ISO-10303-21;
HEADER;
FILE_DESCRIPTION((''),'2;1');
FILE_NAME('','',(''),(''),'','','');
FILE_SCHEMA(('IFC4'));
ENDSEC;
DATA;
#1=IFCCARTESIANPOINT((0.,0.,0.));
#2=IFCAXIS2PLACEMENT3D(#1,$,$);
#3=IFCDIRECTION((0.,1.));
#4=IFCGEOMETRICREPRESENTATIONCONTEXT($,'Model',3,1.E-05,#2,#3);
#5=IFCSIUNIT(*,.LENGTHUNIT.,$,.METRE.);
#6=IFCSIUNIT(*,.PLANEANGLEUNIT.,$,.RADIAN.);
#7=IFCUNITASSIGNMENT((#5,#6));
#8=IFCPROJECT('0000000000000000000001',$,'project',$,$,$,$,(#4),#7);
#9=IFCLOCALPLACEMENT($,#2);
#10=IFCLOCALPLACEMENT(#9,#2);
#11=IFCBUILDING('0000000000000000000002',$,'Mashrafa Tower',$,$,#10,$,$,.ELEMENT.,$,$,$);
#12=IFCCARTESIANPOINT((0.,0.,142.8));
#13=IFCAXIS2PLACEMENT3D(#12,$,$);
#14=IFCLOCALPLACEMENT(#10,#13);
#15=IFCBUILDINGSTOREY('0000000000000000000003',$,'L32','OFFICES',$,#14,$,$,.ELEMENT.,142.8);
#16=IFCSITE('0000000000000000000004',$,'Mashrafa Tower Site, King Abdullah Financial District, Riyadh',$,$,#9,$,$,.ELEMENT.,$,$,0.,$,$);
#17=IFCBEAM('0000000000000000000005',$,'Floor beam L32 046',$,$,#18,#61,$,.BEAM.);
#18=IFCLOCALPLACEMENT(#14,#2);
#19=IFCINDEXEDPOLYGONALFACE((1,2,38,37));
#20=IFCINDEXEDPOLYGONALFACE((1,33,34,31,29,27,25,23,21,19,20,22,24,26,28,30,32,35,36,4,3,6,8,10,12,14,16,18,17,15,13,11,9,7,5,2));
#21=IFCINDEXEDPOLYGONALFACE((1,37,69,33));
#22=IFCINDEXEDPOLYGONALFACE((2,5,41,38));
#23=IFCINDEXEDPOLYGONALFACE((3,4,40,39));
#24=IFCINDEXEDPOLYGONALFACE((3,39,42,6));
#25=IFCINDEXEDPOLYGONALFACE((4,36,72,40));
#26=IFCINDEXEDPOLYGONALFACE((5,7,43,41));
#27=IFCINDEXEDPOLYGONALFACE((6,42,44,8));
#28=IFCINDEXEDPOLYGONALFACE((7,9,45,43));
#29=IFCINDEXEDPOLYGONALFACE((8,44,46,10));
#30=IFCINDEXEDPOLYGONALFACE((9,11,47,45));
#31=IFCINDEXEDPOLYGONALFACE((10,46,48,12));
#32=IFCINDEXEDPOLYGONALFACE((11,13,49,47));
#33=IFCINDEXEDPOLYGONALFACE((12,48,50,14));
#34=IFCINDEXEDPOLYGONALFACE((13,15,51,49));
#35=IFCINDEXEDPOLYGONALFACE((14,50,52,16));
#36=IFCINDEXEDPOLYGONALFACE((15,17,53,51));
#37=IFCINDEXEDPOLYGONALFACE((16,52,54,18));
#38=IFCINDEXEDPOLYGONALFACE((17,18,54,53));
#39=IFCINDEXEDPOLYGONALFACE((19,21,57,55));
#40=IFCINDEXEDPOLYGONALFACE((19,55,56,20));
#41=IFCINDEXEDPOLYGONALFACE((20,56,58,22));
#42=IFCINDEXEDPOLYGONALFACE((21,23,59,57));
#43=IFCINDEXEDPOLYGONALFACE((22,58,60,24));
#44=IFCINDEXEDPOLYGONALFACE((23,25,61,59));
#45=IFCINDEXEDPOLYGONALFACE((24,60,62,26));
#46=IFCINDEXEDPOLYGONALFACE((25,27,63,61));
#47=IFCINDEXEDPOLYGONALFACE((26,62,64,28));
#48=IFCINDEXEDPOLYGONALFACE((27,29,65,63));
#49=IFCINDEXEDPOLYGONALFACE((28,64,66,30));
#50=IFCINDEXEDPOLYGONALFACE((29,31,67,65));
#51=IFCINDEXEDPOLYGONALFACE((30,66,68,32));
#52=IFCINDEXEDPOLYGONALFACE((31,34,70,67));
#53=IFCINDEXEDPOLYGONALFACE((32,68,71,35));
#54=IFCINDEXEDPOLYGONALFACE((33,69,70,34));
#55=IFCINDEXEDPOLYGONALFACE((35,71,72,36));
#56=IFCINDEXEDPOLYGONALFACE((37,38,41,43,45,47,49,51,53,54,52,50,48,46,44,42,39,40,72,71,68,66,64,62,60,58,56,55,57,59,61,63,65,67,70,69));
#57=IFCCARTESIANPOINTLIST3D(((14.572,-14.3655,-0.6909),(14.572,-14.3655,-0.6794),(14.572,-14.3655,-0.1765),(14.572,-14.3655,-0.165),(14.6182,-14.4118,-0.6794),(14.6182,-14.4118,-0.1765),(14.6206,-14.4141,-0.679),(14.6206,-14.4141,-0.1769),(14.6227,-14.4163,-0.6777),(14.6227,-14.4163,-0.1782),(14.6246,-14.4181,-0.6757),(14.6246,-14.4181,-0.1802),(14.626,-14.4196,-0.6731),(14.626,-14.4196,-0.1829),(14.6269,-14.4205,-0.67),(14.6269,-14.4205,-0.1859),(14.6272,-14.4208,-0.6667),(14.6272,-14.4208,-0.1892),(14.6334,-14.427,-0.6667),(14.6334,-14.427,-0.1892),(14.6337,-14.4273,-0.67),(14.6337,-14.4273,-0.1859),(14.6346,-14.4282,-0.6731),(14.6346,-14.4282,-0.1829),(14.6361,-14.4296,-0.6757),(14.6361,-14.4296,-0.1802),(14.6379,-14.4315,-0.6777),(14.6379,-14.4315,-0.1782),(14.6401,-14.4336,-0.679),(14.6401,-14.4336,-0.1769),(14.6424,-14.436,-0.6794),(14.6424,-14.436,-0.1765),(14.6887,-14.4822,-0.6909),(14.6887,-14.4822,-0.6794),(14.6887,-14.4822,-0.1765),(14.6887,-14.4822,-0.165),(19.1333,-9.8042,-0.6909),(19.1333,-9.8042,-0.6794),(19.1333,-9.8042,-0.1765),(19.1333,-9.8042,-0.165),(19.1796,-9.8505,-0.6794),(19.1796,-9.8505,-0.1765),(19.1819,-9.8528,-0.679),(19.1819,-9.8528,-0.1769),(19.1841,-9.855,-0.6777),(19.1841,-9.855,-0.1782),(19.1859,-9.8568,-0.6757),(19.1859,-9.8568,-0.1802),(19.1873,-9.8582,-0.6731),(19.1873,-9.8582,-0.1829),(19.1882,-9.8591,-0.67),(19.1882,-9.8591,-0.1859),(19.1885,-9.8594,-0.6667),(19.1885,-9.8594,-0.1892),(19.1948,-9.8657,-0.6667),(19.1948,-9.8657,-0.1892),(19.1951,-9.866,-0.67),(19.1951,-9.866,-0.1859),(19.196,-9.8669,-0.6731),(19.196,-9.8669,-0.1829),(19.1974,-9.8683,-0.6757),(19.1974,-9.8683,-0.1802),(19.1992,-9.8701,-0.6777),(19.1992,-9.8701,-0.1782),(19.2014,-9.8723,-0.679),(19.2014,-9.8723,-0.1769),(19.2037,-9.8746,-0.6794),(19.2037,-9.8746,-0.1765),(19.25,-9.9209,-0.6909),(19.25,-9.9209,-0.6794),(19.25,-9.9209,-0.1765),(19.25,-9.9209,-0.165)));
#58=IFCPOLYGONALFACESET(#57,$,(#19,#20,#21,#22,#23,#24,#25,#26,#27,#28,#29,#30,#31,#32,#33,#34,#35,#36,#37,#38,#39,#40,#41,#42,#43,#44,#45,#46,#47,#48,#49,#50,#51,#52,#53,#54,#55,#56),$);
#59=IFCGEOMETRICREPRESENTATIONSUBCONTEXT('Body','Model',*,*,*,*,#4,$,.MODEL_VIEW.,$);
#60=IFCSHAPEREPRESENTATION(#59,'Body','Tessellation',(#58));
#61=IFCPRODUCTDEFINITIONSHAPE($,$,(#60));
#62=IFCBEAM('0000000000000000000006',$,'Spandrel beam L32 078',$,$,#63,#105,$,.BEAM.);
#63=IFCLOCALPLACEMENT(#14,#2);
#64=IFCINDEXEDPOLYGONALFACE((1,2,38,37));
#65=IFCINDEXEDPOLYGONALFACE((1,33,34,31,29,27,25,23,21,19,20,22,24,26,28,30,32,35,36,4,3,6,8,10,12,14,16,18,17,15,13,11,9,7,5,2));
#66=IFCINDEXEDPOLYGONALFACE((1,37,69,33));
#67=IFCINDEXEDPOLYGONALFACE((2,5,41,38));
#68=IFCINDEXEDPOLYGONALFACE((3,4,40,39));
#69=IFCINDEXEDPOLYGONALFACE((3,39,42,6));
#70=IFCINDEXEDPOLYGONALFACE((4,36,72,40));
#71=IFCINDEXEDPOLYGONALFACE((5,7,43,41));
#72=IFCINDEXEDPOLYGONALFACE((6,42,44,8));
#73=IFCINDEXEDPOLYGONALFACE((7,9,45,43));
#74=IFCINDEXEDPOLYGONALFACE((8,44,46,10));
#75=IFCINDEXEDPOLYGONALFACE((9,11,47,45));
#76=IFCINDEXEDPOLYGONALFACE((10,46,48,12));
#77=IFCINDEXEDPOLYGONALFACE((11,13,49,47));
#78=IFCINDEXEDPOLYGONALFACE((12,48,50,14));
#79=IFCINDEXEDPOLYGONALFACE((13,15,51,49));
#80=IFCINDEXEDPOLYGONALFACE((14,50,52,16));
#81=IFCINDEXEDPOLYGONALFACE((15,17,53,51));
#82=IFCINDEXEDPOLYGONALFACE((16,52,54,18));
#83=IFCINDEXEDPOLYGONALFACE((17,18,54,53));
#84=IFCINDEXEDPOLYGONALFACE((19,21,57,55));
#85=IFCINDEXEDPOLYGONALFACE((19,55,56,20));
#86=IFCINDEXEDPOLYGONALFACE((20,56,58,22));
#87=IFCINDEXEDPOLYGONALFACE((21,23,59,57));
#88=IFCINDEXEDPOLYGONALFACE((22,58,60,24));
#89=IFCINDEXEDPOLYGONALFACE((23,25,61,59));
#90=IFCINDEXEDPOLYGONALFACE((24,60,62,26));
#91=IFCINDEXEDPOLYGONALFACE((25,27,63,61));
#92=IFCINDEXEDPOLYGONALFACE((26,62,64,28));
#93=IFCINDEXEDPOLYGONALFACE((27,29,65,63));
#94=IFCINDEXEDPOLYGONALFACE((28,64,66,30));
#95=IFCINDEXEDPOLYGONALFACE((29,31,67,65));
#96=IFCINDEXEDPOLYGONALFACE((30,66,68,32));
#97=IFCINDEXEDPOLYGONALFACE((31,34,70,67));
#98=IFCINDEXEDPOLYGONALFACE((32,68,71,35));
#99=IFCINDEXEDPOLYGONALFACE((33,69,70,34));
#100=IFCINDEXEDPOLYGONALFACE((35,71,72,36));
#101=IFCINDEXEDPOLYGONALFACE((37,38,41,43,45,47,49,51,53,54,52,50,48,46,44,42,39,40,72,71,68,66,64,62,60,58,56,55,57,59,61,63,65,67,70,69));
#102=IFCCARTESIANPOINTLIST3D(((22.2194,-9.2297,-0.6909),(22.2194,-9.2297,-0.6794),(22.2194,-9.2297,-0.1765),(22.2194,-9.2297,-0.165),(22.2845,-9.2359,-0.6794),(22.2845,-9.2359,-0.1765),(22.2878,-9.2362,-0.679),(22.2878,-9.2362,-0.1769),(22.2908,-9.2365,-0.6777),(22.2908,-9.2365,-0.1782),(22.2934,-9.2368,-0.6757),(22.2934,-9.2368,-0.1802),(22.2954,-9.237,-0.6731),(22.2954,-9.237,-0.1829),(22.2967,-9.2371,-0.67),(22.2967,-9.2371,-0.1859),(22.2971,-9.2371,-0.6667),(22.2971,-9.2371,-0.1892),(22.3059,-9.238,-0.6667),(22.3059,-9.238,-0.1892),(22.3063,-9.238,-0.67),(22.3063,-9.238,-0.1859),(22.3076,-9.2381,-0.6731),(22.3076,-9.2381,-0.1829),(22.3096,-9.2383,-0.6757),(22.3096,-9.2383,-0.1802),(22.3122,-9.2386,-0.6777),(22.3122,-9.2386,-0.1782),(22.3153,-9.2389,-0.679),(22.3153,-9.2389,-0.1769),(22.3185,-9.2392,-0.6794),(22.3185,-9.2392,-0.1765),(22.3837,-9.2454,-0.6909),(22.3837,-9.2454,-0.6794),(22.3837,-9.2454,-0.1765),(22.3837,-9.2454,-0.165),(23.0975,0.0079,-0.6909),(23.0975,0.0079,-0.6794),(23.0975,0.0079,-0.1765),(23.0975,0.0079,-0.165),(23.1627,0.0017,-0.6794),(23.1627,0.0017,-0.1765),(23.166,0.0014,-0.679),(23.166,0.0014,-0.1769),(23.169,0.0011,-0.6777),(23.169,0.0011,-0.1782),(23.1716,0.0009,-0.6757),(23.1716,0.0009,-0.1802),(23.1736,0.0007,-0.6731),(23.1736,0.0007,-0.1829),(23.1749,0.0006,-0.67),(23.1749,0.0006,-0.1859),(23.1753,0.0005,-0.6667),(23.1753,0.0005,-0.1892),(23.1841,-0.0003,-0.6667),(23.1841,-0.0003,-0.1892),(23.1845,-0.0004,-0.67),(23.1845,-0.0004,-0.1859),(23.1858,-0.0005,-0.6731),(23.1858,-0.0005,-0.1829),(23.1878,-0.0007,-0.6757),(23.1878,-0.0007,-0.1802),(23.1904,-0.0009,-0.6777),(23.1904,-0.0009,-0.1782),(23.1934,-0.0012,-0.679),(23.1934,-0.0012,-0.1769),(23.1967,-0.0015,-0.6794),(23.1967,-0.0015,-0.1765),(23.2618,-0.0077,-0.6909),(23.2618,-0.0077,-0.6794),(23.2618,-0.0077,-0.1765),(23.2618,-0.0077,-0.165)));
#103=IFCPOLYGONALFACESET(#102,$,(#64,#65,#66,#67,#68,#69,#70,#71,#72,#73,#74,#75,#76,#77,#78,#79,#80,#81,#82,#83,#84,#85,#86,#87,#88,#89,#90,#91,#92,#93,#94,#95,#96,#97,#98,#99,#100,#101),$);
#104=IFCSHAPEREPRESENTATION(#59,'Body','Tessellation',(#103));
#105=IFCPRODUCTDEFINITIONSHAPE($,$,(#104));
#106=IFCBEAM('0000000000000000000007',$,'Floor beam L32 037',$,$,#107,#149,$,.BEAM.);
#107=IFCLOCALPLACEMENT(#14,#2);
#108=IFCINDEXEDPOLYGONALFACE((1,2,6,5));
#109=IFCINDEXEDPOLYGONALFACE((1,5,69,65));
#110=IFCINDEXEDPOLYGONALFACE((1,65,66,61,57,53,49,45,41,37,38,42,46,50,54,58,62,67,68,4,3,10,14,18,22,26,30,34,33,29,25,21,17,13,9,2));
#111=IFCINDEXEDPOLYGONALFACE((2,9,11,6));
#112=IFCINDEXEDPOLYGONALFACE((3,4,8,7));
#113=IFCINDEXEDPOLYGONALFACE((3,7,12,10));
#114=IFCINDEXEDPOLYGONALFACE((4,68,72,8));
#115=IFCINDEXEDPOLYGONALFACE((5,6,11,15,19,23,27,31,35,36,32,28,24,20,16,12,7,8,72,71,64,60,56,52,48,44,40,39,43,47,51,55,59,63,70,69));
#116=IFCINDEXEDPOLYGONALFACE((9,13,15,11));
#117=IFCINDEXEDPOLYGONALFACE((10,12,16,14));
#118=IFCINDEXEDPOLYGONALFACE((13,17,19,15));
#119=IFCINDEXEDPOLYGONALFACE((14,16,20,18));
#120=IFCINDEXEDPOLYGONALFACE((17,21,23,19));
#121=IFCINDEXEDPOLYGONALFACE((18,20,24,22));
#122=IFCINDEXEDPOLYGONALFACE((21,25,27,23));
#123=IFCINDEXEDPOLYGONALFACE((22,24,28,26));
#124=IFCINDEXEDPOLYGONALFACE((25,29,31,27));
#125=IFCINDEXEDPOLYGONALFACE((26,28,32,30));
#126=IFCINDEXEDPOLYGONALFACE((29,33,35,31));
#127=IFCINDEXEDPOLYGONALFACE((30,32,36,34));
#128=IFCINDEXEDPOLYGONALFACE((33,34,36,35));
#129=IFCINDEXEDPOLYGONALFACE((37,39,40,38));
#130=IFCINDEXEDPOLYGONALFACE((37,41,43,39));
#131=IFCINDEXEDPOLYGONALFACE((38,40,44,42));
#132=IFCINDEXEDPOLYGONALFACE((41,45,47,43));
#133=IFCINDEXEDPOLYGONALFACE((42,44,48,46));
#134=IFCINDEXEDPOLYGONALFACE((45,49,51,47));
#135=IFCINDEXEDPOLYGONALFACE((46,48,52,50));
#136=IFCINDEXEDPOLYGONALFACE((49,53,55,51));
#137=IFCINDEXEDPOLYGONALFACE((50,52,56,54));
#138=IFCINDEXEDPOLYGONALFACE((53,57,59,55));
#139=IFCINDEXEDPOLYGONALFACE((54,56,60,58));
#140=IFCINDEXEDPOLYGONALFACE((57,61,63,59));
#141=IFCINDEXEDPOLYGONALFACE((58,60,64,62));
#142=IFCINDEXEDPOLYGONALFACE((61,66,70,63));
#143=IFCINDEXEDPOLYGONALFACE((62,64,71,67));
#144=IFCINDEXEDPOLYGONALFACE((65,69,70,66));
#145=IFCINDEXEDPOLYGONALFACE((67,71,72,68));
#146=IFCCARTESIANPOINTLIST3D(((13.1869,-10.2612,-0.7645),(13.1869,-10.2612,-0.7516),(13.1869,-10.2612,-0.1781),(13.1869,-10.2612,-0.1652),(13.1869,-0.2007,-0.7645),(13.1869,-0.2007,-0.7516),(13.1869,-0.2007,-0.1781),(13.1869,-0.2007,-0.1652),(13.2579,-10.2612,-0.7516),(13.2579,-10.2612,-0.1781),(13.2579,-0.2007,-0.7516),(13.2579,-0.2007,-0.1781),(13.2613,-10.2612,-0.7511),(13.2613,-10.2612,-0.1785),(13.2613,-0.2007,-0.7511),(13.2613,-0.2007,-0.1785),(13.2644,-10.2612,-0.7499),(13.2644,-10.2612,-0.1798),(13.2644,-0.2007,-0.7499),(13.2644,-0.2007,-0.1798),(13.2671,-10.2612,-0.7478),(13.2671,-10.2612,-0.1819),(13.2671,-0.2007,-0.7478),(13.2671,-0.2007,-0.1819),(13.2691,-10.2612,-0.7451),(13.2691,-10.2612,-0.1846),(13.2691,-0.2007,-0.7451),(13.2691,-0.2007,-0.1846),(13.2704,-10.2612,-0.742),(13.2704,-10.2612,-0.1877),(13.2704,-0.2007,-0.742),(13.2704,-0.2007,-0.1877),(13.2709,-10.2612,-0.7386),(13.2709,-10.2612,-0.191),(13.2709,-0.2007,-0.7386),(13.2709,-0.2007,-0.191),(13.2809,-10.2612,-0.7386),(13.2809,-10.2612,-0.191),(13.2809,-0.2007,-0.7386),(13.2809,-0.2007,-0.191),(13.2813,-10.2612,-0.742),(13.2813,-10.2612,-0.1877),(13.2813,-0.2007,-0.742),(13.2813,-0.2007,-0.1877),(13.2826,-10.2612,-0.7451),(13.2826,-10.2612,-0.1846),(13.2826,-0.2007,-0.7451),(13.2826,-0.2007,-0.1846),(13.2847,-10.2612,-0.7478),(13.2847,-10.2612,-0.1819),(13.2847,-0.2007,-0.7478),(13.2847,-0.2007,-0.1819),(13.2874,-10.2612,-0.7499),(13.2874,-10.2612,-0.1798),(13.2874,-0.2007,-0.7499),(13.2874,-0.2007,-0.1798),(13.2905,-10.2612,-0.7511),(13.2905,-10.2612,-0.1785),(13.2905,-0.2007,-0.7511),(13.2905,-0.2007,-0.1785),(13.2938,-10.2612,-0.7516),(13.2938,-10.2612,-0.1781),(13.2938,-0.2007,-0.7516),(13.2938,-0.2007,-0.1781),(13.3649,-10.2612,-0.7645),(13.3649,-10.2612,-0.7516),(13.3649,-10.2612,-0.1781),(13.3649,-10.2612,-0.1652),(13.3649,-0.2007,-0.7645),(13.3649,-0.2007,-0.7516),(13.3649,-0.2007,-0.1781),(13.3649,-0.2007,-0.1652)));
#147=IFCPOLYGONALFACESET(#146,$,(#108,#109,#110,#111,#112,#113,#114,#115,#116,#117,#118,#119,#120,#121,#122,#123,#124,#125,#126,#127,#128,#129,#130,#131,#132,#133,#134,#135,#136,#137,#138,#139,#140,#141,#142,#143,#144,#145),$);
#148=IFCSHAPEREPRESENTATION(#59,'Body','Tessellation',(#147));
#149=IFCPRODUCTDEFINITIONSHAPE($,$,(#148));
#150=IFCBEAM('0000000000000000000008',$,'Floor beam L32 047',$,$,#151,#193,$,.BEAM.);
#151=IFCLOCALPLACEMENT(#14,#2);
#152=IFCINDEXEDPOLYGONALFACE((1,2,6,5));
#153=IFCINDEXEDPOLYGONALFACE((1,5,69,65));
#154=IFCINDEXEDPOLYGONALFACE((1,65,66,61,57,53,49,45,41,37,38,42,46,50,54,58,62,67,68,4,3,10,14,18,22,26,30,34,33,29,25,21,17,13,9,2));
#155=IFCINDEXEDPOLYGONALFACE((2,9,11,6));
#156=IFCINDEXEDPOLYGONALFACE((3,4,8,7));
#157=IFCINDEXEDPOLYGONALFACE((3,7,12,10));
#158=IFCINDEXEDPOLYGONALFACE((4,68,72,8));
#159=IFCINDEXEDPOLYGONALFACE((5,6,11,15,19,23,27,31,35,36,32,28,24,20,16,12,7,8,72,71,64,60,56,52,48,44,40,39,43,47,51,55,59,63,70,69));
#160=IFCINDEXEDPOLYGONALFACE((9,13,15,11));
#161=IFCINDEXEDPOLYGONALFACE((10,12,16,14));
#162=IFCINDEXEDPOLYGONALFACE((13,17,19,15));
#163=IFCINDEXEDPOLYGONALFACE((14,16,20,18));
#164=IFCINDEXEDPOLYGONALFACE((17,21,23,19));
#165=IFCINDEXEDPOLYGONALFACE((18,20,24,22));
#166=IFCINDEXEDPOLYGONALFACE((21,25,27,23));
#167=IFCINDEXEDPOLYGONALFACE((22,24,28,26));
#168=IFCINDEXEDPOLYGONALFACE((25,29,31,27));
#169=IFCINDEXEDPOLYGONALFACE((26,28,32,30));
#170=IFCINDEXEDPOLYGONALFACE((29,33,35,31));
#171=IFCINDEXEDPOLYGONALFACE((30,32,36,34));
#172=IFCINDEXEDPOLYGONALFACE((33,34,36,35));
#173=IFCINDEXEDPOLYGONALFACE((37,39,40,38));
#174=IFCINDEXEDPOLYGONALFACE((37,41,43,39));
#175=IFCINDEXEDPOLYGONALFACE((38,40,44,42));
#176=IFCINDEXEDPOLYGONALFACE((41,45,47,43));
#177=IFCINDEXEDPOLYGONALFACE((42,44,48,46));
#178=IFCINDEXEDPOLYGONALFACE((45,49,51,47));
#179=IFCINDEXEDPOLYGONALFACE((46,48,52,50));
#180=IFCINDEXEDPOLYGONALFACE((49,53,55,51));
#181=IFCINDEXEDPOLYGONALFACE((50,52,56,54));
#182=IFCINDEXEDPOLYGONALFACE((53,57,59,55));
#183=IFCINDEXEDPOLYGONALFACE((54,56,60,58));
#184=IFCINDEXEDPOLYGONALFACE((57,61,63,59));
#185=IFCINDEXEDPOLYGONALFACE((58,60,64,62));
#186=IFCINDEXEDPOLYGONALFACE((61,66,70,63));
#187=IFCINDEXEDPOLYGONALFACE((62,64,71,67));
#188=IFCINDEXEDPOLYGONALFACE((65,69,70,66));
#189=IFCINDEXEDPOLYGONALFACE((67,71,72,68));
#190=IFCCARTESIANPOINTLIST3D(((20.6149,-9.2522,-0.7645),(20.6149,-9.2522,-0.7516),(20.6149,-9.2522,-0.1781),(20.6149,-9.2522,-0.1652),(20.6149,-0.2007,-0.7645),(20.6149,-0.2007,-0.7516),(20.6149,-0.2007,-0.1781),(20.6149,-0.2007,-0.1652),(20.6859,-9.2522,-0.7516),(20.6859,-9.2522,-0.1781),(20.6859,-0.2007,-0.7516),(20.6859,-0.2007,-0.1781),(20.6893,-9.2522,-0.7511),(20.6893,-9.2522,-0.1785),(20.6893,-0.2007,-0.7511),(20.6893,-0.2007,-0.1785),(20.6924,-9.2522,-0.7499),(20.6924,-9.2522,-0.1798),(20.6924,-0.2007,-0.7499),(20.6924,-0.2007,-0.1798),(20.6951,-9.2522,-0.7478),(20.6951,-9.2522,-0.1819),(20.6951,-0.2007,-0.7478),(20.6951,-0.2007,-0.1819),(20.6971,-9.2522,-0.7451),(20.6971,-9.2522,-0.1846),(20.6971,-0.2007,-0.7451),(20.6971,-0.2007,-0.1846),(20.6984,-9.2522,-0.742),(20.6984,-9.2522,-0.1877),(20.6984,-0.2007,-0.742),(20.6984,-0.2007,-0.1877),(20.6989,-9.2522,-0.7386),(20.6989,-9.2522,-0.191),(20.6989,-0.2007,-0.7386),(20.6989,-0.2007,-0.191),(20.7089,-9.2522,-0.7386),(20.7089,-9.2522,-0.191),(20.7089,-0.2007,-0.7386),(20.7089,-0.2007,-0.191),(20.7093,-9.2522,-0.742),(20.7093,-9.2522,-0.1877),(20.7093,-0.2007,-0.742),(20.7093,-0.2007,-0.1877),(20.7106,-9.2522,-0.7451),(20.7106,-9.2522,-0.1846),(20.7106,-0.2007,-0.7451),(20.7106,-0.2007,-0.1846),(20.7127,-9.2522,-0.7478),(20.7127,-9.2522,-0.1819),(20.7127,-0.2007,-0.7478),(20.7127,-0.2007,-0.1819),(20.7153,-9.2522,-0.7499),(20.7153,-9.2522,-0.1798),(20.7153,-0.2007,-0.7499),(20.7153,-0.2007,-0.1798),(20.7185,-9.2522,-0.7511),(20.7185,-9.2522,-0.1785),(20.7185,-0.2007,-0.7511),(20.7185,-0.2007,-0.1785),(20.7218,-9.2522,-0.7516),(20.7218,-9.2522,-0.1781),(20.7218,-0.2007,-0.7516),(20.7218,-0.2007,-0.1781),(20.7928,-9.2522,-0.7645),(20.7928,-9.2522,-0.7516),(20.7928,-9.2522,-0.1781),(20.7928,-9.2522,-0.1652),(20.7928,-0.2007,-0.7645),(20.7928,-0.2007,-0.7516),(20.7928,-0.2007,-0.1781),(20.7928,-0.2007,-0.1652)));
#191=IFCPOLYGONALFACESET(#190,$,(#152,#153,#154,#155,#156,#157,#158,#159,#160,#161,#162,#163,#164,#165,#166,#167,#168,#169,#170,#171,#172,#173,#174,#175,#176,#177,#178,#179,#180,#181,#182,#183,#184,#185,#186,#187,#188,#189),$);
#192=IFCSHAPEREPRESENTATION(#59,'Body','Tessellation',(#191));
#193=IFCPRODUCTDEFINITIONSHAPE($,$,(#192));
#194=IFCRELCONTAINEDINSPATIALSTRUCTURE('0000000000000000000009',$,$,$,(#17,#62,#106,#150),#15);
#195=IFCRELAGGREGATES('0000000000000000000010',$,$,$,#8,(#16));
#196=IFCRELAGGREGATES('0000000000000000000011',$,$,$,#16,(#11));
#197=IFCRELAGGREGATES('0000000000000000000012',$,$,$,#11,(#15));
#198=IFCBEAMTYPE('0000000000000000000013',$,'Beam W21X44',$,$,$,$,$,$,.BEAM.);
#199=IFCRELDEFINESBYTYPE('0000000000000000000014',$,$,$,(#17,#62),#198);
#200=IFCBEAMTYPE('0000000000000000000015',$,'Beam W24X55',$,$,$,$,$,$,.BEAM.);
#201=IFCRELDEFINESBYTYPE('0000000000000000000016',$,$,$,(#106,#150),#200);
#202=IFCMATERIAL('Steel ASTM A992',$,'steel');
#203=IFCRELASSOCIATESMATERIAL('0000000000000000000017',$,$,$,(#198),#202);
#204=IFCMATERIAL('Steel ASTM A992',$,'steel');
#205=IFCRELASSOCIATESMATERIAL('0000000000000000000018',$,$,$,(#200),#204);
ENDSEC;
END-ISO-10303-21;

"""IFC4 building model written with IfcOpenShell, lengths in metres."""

from ifc_helpers import new_model, si_unit, direction, frame, origin, origin_2d, place, context, subcontext, project, spatial, i_section, extrude, material, material_profile, profile_set, type_object, element, save


model = new_model("IFC4")

# Units and contexts
model_context = context("Model", 3, precision=1e-05, world=origin(), true_north=direction((0.0, 1.0)))
body_context = subcontext(model_context, "Body", "Model", "MODEL_VIEW")
ifc_project = project(units=[si_unit("LENGTHUNIT", "METRE"), si_unit("PLANEANGLEUNIT", "RADIAN")], contexts=[model_context])

# Site, building, storey
site_placement = place(None, origin())
site = spatial("IfcSite", under=ifc_project, at=site_placement, Name="Mashrafa Tower Site, King Abdullah Financial District, Riyadh", CompositionType="ELEMENT", RefElevation=0.0)
building_placement = place(site_placement, origin())
building = spatial("IfcBuilding", under=site, at=building_placement, Name="Mashrafa Tower", CompositionType="ELEMENT")
storey_placement = place(building_placement, frame((0.0, 0.0, 142.8)))
storey = spatial("IfcBuildingStorey", under=building, at=storey_placement, Name="L32", Description="OFFICES", CompositionType="ELEMENT", Elevation=142.8)

# Beams
ifc_material_1 = material(Name="Steel ASTM A992", Category="steel")
ifc_material_profile_1 = material_profile(ifc_material_1, i_section(OverallWidth=0.165, OverallDepth=0.5259, WebThickness=0.0088, FlangeThickness=0.0115, FilletRadius=0.0127, at=origin_2d()), Name="W21X44")
ifc_profile_set_1 = profile_set([ifc_material_profile_1], Name="Steel ASTM A992")
beam_type_1 = type_object("IfcBeamType", Name="Beam W21X44", PredefinedType="BEAM", material=ifc_profile_set_1)
beam_1_placement = place(storey_placement, frame((19.1917, -9.8625, -0.428), z_axis=(-0.707107, -0.707107, 0.0), x_axis=(0.707107, -0.707107, 0.0)))
element("IfcBeam", 1, at=beam_1_placement, inside=storey, type_object=beam_type_1, Name="Floor beam L32 046", PredefinedType="BEAM", context=body_context, shape_type="SweptSolid", body=[
    extrude(i_section(OverallWidth=0.165, OverallDepth=0.5259, WebThickness=0.0088, FlangeThickness=0.0115, FilletRadius=0.0127, at=origin_2d()), origin(), (0.0, 0.0, 1.0), 6.4507),
])
beam_2_placement = place(storey_placement, frame((22.3015, -9.2375, -0.428), z_axis=(0.094639, 0.995512, 0.0), x_axis=(-0.995512, 0.094639, 0.0)))
element("IfcBeam", 2, at=beam_2_placement, inside=storey, type_object=beam_type_1, Name="Spandrel beam L32 078", PredefinedType="BEAM", context=body_context, shape_type="SweptSolid", body=[
    extrude(i_section(OverallWidth=0.165, OverallDepth=0.5259, WebThickness=0.0088, FlangeThickness=0.0115, FilletRadius=0.0127, at=origin_2d()), origin(), (0.0, 0.0, 1.0), 9.2793),
])
ifc_material_2 = material(Name="Steel ASTM A992", Category="steel")
ifc_material_profile_2 = material_profile(ifc_material_2, i_section(OverallWidth=0.178, OverallDepth=0.5994, WebThickness=0.01, FlangeThickness=0.0129, FilletRadius=0.0129, at=origin_2d()), Name="W24X55")
ifc_profile_set_2 = profile_set([ifc_material_profile_2], Name="Steel ASTM A992")
beam_type_2 = type_object("IfcBeamType", Name="Beam W24X55", PredefinedType="BEAM", material=ifc_profile_set_2)
beam_3_placement = place(storey_placement, frame((13.2759, -0.2007, -0.4648), z_axis=(0.0, -1.0, 0.0), x_axis=(1.0, 0.0, 0.0)))
element("IfcBeam", 3, at=beam_3_placement, inside=storey, type_object=beam_type_2, Name="Floor beam L32 037", PredefinedType="BEAM", context=body_context, shape_type="SweptSolid", body=[
    extrude(i_section(OverallWidth=0.178, OverallDepth=0.5994, WebThickness=0.01, FlangeThickness=0.0129, FilletRadius=0.0129, at=origin_2d()), origin(), (0.0, 0.0, 1.0), 10.0605),
])
beam_4_placement = place(storey_placement, frame((20.7039, -0.2007, -0.4648), z_axis=(0.0, -1.0, 0.0), x_axis=(1.0, 0.0, 0.0)))
element("IfcBeam", 4, at=beam_4_placement, inside=storey, type_object=beam_type_2, Name="Floor beam L32 047", PredefinedType="BEAM", context=body_context, shape_type="SweptSolid", body=[
    extrude(i_section(OverallWidth=0.178, OverallDepth=0.5994, WebThickness=0.01, FlangeThickness=0.0129, FilletRadius=0.0129, at=origin_2d()), origin(), (0.0, 0.0, 1.0), 9.0515),
])

save(model, "model.ifc")
